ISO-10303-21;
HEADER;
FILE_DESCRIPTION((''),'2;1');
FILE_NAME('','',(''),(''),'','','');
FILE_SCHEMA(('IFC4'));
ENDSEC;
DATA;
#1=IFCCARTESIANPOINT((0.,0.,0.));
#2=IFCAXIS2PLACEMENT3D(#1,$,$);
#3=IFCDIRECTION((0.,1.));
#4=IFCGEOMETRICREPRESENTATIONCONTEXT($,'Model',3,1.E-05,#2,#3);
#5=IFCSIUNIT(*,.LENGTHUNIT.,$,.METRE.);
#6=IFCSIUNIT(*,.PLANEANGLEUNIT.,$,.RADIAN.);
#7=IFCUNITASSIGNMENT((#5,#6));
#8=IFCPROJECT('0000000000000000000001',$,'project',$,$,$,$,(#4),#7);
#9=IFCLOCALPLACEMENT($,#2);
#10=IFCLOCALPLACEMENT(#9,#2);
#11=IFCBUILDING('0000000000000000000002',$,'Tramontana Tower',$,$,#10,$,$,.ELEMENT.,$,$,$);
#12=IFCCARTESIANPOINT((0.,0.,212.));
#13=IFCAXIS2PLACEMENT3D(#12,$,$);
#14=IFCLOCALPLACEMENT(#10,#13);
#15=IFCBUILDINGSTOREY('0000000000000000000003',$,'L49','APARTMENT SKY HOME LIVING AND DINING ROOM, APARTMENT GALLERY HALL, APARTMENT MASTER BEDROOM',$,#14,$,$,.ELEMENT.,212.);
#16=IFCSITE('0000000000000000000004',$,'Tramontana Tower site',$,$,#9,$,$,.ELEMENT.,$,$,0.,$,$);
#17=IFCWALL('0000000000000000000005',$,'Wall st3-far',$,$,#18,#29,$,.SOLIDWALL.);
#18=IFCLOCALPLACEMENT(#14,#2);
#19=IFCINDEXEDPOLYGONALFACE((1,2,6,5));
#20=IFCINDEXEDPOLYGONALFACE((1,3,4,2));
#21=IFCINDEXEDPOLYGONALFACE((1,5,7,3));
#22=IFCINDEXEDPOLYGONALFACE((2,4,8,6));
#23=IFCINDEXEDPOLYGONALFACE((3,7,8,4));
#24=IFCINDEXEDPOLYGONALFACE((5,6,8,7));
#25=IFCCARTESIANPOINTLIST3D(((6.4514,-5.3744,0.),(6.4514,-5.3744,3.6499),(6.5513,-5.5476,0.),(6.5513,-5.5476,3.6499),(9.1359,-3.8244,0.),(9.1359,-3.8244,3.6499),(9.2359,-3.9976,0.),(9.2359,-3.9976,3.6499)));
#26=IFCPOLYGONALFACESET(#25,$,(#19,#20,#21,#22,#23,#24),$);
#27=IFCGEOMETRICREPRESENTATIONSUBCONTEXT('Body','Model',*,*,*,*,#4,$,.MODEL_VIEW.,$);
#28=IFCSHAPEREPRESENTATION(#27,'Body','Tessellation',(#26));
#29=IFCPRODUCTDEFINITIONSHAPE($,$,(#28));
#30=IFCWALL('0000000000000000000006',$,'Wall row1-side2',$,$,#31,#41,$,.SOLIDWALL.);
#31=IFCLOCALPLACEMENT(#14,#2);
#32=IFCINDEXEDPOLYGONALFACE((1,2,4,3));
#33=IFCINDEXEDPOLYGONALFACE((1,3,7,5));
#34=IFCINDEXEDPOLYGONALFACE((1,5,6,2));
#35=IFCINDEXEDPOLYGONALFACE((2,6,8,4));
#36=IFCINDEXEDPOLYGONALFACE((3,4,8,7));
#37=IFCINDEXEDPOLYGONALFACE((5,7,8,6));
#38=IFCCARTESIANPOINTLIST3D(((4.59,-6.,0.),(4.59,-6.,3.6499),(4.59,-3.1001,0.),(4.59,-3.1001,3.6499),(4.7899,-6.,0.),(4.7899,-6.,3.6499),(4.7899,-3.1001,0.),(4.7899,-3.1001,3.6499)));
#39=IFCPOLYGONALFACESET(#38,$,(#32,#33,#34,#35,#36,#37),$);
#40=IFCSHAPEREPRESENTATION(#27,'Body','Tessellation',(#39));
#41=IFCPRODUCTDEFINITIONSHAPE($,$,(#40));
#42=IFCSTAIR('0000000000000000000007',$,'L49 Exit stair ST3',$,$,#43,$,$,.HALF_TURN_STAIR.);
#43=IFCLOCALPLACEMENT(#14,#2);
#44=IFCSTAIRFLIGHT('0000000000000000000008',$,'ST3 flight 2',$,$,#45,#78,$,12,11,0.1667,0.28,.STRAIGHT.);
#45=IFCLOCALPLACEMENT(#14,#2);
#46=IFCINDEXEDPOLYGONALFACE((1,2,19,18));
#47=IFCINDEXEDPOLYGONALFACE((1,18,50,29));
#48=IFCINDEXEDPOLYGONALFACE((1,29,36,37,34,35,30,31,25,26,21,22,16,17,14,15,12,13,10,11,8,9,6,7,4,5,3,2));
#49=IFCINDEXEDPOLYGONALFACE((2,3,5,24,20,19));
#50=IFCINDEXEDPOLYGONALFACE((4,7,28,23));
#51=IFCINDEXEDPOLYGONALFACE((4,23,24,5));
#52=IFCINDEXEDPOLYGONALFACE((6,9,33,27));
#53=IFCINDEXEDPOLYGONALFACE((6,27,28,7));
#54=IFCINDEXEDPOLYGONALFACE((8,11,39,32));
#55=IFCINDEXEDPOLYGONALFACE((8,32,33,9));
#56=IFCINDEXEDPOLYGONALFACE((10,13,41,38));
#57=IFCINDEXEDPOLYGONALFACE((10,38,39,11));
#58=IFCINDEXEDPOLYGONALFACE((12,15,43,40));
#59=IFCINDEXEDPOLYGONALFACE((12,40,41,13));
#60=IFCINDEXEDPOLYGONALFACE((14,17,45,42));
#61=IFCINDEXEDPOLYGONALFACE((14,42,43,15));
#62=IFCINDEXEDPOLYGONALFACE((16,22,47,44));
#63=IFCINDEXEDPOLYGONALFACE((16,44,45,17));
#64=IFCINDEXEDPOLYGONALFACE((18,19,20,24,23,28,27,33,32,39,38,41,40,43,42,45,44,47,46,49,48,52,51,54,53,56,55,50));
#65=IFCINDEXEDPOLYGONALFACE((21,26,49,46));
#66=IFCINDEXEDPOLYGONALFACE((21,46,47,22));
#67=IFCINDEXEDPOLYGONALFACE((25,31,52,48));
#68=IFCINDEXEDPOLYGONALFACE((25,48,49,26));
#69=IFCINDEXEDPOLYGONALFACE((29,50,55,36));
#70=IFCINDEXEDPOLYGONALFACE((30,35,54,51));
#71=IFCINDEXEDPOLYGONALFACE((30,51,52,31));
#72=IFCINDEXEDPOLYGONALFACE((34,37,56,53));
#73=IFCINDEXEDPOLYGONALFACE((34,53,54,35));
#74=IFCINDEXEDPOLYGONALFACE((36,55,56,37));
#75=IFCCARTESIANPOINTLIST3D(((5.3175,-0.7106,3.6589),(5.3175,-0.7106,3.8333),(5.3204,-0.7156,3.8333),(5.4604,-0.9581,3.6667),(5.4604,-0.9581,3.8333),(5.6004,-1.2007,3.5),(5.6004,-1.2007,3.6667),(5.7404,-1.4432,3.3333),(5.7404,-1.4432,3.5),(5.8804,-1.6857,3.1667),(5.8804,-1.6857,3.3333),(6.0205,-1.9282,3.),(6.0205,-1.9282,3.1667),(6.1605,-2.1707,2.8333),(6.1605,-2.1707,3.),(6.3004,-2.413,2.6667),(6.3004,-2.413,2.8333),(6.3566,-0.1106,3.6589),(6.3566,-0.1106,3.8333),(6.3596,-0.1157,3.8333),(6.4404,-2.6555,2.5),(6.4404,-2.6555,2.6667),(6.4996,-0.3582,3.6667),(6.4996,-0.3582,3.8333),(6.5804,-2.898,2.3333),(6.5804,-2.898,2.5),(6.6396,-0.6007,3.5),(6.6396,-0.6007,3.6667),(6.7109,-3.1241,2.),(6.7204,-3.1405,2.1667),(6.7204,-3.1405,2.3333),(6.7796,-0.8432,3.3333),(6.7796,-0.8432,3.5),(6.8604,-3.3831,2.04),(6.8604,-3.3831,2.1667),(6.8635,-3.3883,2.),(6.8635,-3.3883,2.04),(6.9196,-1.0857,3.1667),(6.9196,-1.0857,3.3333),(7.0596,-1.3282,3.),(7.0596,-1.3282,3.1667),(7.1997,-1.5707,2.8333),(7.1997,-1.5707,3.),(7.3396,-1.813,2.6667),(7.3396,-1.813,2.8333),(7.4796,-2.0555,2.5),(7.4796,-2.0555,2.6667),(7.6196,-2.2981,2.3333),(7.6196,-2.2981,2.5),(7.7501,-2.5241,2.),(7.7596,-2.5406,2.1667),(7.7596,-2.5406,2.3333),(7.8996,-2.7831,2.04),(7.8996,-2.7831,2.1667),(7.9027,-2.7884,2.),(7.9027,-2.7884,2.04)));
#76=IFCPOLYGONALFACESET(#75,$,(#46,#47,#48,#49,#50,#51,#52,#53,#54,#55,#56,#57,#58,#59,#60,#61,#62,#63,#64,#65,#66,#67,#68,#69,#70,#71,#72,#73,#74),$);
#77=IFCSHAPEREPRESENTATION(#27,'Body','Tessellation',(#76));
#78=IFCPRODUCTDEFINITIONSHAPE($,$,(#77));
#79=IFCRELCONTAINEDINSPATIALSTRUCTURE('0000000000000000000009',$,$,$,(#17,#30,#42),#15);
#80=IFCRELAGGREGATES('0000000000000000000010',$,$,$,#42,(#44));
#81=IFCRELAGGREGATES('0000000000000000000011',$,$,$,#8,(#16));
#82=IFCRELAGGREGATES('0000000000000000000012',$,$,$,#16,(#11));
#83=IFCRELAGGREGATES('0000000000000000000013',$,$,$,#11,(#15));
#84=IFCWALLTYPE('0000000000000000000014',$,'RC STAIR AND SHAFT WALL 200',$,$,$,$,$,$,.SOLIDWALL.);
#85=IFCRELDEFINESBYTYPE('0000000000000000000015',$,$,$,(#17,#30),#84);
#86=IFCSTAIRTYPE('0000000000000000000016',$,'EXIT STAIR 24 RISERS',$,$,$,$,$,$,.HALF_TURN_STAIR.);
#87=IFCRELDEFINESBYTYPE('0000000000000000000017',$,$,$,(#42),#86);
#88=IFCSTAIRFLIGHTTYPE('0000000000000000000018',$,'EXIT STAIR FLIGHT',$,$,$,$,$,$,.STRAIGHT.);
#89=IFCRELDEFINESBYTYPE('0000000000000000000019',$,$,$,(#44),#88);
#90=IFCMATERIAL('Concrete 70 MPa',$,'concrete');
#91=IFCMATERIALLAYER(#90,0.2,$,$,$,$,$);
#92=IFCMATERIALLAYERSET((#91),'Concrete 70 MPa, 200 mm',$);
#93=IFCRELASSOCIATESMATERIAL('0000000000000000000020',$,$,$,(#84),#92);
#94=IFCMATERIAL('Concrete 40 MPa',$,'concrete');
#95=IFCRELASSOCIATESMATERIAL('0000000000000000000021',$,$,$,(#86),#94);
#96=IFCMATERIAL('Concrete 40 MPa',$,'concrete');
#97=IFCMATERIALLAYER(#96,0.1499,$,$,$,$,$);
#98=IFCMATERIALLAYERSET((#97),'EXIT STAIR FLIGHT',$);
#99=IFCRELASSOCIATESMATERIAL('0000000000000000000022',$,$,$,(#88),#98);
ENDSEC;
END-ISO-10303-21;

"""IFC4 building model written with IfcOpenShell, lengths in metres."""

from ifc_helpers import new_model, si_unit, direction, frame, frame_2d, origin, place, context, subcontext, project, spatial, polyline, rectangle, outline, extrude, material, layer, layer_set, type_object, element, aggregate, save


model = new_model("IFC4")

# Units and contexts
model_context = context("Model", 3, precision=1e-05, world=origin(), true_north=direction((0.0, 1.0)))
body_context = subcontext(model_context, "Body", "Model", "MODEL_VIEW")
ifc_project = project(units=[si_unit("LENGTHUNIT", "METRE"), si_unit("PLANEANGLEUNIT", "RADIAN")], contexts=[model_context])

# Site, building, storey
site_placement = place(None, origin())
site = spatial("IfcSite", under=ifc_project, at=site_placement, Name="Tramontana Tower site", CompositionType="ELEMENT", RefElevation=0.0)
building_placement = place(site_placement, origin())
building = spatial("IfcBuilding", under=site, at=building_placement, Name="Tramontana Tower", CompositionType="ELEMENT")
storey_placement = place(building_placement, frame((0.0, 0.0, 212.0)))
storey = spatial("IfcBuildingStorey", under=building, at=storey_placement, Name="L49", Description="APARTMENT SKY HOME LIVING AND DINING ROOM, APARTMENT GALLERY HALL, APARTMENT MASTER BEDROOM", CompositionType="ELEMENT", Elevation=212.0)

# Wall
ifc_material_1 = material(Name="Concrete 70 MPa", Category="concrete")
ifc_layer_1 = layer(ifc_material_1, 0.2)
ifc_layer_set_1 = layer_set([ifc_layer_1], Name="Concrete 70 MPa, 200 mm")
wall_type_1 = type_object("IfcWallType", Name="RC STAIR AND SHAFT WALL 200", PredefinedType="SOLIDWALL", material=ifc_layer_set_1)
wall_1_placement = place(storey_placement, frame((6.5015, -5.4609, 0.0), z_axis=(0.0, 0.0, 1.0), x_axis=(0.86601, 0.500027, 0.0)))
element("IfcWall", 1, at=wall_1_placement, inside=storey, type_object=wall_type_1, Name="Wall st3-far", PredefinedType="SOLIDWALL", context=body_context, shape_type="SweptSolid", body=[
    extrude(rectangle(XDim=3.0999, YDim=0.2, at=frame_2d((1.5498, 0.0))), origin(), (0.0, 0.0, 1.0), 3.6499),
])

# Wall
wall_2_placement = place(storey_placement, frame((4.6899, -3.1001, 0.0), z_axis=(0.0, 0.0, 1.0), x_axis=(0.0, -1.0, 0.0)))
element("IfcWall", 2, at=wall_2_placement, inside=storey, type_object=wall_type_1, Name="Wall row1-side2", PredefinedType="SOLIDWALL", context=body_context, shape_type="SweptSolid", body=[
    extrude(rectangle(XDim=2.8999, YDim=0.2, at=frame_2d((1.45, 0.0))), origin(), (0.0, 0.0, 1.0), 3.6499),
])

# Stair, stair flight
ifc_material_2 = material(Name="Concrete 40 MPa", Category="concrete")
stair_type = type_object("IfcStairType", Name="EXIT STAIR 24 RISERS", PredefinedType="HALF_TURN_STAIR", material=ifc_material_2)
stair_placement = place(storey_placement, origin())
stair = element("IfcStair", 3, at=stair_placement, inside=storey, type_object=stair_type, Name="L49 Exit stair ST3", PredefinedType="HALF_TURN_STAIR")
ifc_material_3 = material(Name="Concrete 40 MPa", Category="concrete")
ifc_layer_2 = layer(ifc_material_3, 0.1499)
ifc_layer_set_2 = layer_set([ifc_layer_2], Name="EXIT STAIR FLIGHT")
stair_flight_type = type_object("IfcStairFlightType", Name="EXIT STAIR FLIGHT", PredefinedType="STRAIGHT", material=ifc_layer_set_2)
stair_flight_placement = place(storey_placement, frame((7.3801, -3.083, 2.0), z_axis=(0.0, 0.0, 1.0), x_axis=(-0.5, 0.866025, 0.0)))
stair_flight = element("IfcStairFlight", 4, at=stair_flight_placement, type_object=stair_flight_type, Name="ST3 flight 2", NumberOfRisers=12, NumberOfTreads=11, PredefinedType="STRAIGHT", RiserHeight=0.1667, TreadLength=0.28, context=body_context, shape_type="SweptSolid", body=[
    extrude(outline(polyline([(-0.0061, 0.0), (-0.0061, 0.04), (0.0, 0.04), (0.0, 0.1667), (0.28, 0.1667), (0.28, 0.3333), (0.5601, 0.3333), (0.5601, 0.5), (0.8401, 0.5), (0.8401, 0.6667), (1.1201, 0.6667), (1.1201, 0.8333), (1.3999, 0.8333), (1.3999, 1.0), (1.6799, 1.0), (1.6799, 1.1667), (1.96, 1.1667), (1.96, 1.3333), (2.24, 1.3333), (2.24, 1.5), (2.52, 1.5), (2.52, 1.6667), (2.8, 1.6667), (2.8, 1.8333), (3.0801, 1.8333), (3.0859, 1.8333), (3.0859, 1.6589), (0.2991, 0.0), (-0.0061, 0.0)])), frame((0.0, 0.6001, 0.0), z_axis=(0.0, -1.0, 0.0), x_axis=(1.0, 0.0, 0.0)), (0.0, 0.0, 1.0), 1.2),
])
aggregate(stair, [stair_flight])

save(model, "model.ifc")
